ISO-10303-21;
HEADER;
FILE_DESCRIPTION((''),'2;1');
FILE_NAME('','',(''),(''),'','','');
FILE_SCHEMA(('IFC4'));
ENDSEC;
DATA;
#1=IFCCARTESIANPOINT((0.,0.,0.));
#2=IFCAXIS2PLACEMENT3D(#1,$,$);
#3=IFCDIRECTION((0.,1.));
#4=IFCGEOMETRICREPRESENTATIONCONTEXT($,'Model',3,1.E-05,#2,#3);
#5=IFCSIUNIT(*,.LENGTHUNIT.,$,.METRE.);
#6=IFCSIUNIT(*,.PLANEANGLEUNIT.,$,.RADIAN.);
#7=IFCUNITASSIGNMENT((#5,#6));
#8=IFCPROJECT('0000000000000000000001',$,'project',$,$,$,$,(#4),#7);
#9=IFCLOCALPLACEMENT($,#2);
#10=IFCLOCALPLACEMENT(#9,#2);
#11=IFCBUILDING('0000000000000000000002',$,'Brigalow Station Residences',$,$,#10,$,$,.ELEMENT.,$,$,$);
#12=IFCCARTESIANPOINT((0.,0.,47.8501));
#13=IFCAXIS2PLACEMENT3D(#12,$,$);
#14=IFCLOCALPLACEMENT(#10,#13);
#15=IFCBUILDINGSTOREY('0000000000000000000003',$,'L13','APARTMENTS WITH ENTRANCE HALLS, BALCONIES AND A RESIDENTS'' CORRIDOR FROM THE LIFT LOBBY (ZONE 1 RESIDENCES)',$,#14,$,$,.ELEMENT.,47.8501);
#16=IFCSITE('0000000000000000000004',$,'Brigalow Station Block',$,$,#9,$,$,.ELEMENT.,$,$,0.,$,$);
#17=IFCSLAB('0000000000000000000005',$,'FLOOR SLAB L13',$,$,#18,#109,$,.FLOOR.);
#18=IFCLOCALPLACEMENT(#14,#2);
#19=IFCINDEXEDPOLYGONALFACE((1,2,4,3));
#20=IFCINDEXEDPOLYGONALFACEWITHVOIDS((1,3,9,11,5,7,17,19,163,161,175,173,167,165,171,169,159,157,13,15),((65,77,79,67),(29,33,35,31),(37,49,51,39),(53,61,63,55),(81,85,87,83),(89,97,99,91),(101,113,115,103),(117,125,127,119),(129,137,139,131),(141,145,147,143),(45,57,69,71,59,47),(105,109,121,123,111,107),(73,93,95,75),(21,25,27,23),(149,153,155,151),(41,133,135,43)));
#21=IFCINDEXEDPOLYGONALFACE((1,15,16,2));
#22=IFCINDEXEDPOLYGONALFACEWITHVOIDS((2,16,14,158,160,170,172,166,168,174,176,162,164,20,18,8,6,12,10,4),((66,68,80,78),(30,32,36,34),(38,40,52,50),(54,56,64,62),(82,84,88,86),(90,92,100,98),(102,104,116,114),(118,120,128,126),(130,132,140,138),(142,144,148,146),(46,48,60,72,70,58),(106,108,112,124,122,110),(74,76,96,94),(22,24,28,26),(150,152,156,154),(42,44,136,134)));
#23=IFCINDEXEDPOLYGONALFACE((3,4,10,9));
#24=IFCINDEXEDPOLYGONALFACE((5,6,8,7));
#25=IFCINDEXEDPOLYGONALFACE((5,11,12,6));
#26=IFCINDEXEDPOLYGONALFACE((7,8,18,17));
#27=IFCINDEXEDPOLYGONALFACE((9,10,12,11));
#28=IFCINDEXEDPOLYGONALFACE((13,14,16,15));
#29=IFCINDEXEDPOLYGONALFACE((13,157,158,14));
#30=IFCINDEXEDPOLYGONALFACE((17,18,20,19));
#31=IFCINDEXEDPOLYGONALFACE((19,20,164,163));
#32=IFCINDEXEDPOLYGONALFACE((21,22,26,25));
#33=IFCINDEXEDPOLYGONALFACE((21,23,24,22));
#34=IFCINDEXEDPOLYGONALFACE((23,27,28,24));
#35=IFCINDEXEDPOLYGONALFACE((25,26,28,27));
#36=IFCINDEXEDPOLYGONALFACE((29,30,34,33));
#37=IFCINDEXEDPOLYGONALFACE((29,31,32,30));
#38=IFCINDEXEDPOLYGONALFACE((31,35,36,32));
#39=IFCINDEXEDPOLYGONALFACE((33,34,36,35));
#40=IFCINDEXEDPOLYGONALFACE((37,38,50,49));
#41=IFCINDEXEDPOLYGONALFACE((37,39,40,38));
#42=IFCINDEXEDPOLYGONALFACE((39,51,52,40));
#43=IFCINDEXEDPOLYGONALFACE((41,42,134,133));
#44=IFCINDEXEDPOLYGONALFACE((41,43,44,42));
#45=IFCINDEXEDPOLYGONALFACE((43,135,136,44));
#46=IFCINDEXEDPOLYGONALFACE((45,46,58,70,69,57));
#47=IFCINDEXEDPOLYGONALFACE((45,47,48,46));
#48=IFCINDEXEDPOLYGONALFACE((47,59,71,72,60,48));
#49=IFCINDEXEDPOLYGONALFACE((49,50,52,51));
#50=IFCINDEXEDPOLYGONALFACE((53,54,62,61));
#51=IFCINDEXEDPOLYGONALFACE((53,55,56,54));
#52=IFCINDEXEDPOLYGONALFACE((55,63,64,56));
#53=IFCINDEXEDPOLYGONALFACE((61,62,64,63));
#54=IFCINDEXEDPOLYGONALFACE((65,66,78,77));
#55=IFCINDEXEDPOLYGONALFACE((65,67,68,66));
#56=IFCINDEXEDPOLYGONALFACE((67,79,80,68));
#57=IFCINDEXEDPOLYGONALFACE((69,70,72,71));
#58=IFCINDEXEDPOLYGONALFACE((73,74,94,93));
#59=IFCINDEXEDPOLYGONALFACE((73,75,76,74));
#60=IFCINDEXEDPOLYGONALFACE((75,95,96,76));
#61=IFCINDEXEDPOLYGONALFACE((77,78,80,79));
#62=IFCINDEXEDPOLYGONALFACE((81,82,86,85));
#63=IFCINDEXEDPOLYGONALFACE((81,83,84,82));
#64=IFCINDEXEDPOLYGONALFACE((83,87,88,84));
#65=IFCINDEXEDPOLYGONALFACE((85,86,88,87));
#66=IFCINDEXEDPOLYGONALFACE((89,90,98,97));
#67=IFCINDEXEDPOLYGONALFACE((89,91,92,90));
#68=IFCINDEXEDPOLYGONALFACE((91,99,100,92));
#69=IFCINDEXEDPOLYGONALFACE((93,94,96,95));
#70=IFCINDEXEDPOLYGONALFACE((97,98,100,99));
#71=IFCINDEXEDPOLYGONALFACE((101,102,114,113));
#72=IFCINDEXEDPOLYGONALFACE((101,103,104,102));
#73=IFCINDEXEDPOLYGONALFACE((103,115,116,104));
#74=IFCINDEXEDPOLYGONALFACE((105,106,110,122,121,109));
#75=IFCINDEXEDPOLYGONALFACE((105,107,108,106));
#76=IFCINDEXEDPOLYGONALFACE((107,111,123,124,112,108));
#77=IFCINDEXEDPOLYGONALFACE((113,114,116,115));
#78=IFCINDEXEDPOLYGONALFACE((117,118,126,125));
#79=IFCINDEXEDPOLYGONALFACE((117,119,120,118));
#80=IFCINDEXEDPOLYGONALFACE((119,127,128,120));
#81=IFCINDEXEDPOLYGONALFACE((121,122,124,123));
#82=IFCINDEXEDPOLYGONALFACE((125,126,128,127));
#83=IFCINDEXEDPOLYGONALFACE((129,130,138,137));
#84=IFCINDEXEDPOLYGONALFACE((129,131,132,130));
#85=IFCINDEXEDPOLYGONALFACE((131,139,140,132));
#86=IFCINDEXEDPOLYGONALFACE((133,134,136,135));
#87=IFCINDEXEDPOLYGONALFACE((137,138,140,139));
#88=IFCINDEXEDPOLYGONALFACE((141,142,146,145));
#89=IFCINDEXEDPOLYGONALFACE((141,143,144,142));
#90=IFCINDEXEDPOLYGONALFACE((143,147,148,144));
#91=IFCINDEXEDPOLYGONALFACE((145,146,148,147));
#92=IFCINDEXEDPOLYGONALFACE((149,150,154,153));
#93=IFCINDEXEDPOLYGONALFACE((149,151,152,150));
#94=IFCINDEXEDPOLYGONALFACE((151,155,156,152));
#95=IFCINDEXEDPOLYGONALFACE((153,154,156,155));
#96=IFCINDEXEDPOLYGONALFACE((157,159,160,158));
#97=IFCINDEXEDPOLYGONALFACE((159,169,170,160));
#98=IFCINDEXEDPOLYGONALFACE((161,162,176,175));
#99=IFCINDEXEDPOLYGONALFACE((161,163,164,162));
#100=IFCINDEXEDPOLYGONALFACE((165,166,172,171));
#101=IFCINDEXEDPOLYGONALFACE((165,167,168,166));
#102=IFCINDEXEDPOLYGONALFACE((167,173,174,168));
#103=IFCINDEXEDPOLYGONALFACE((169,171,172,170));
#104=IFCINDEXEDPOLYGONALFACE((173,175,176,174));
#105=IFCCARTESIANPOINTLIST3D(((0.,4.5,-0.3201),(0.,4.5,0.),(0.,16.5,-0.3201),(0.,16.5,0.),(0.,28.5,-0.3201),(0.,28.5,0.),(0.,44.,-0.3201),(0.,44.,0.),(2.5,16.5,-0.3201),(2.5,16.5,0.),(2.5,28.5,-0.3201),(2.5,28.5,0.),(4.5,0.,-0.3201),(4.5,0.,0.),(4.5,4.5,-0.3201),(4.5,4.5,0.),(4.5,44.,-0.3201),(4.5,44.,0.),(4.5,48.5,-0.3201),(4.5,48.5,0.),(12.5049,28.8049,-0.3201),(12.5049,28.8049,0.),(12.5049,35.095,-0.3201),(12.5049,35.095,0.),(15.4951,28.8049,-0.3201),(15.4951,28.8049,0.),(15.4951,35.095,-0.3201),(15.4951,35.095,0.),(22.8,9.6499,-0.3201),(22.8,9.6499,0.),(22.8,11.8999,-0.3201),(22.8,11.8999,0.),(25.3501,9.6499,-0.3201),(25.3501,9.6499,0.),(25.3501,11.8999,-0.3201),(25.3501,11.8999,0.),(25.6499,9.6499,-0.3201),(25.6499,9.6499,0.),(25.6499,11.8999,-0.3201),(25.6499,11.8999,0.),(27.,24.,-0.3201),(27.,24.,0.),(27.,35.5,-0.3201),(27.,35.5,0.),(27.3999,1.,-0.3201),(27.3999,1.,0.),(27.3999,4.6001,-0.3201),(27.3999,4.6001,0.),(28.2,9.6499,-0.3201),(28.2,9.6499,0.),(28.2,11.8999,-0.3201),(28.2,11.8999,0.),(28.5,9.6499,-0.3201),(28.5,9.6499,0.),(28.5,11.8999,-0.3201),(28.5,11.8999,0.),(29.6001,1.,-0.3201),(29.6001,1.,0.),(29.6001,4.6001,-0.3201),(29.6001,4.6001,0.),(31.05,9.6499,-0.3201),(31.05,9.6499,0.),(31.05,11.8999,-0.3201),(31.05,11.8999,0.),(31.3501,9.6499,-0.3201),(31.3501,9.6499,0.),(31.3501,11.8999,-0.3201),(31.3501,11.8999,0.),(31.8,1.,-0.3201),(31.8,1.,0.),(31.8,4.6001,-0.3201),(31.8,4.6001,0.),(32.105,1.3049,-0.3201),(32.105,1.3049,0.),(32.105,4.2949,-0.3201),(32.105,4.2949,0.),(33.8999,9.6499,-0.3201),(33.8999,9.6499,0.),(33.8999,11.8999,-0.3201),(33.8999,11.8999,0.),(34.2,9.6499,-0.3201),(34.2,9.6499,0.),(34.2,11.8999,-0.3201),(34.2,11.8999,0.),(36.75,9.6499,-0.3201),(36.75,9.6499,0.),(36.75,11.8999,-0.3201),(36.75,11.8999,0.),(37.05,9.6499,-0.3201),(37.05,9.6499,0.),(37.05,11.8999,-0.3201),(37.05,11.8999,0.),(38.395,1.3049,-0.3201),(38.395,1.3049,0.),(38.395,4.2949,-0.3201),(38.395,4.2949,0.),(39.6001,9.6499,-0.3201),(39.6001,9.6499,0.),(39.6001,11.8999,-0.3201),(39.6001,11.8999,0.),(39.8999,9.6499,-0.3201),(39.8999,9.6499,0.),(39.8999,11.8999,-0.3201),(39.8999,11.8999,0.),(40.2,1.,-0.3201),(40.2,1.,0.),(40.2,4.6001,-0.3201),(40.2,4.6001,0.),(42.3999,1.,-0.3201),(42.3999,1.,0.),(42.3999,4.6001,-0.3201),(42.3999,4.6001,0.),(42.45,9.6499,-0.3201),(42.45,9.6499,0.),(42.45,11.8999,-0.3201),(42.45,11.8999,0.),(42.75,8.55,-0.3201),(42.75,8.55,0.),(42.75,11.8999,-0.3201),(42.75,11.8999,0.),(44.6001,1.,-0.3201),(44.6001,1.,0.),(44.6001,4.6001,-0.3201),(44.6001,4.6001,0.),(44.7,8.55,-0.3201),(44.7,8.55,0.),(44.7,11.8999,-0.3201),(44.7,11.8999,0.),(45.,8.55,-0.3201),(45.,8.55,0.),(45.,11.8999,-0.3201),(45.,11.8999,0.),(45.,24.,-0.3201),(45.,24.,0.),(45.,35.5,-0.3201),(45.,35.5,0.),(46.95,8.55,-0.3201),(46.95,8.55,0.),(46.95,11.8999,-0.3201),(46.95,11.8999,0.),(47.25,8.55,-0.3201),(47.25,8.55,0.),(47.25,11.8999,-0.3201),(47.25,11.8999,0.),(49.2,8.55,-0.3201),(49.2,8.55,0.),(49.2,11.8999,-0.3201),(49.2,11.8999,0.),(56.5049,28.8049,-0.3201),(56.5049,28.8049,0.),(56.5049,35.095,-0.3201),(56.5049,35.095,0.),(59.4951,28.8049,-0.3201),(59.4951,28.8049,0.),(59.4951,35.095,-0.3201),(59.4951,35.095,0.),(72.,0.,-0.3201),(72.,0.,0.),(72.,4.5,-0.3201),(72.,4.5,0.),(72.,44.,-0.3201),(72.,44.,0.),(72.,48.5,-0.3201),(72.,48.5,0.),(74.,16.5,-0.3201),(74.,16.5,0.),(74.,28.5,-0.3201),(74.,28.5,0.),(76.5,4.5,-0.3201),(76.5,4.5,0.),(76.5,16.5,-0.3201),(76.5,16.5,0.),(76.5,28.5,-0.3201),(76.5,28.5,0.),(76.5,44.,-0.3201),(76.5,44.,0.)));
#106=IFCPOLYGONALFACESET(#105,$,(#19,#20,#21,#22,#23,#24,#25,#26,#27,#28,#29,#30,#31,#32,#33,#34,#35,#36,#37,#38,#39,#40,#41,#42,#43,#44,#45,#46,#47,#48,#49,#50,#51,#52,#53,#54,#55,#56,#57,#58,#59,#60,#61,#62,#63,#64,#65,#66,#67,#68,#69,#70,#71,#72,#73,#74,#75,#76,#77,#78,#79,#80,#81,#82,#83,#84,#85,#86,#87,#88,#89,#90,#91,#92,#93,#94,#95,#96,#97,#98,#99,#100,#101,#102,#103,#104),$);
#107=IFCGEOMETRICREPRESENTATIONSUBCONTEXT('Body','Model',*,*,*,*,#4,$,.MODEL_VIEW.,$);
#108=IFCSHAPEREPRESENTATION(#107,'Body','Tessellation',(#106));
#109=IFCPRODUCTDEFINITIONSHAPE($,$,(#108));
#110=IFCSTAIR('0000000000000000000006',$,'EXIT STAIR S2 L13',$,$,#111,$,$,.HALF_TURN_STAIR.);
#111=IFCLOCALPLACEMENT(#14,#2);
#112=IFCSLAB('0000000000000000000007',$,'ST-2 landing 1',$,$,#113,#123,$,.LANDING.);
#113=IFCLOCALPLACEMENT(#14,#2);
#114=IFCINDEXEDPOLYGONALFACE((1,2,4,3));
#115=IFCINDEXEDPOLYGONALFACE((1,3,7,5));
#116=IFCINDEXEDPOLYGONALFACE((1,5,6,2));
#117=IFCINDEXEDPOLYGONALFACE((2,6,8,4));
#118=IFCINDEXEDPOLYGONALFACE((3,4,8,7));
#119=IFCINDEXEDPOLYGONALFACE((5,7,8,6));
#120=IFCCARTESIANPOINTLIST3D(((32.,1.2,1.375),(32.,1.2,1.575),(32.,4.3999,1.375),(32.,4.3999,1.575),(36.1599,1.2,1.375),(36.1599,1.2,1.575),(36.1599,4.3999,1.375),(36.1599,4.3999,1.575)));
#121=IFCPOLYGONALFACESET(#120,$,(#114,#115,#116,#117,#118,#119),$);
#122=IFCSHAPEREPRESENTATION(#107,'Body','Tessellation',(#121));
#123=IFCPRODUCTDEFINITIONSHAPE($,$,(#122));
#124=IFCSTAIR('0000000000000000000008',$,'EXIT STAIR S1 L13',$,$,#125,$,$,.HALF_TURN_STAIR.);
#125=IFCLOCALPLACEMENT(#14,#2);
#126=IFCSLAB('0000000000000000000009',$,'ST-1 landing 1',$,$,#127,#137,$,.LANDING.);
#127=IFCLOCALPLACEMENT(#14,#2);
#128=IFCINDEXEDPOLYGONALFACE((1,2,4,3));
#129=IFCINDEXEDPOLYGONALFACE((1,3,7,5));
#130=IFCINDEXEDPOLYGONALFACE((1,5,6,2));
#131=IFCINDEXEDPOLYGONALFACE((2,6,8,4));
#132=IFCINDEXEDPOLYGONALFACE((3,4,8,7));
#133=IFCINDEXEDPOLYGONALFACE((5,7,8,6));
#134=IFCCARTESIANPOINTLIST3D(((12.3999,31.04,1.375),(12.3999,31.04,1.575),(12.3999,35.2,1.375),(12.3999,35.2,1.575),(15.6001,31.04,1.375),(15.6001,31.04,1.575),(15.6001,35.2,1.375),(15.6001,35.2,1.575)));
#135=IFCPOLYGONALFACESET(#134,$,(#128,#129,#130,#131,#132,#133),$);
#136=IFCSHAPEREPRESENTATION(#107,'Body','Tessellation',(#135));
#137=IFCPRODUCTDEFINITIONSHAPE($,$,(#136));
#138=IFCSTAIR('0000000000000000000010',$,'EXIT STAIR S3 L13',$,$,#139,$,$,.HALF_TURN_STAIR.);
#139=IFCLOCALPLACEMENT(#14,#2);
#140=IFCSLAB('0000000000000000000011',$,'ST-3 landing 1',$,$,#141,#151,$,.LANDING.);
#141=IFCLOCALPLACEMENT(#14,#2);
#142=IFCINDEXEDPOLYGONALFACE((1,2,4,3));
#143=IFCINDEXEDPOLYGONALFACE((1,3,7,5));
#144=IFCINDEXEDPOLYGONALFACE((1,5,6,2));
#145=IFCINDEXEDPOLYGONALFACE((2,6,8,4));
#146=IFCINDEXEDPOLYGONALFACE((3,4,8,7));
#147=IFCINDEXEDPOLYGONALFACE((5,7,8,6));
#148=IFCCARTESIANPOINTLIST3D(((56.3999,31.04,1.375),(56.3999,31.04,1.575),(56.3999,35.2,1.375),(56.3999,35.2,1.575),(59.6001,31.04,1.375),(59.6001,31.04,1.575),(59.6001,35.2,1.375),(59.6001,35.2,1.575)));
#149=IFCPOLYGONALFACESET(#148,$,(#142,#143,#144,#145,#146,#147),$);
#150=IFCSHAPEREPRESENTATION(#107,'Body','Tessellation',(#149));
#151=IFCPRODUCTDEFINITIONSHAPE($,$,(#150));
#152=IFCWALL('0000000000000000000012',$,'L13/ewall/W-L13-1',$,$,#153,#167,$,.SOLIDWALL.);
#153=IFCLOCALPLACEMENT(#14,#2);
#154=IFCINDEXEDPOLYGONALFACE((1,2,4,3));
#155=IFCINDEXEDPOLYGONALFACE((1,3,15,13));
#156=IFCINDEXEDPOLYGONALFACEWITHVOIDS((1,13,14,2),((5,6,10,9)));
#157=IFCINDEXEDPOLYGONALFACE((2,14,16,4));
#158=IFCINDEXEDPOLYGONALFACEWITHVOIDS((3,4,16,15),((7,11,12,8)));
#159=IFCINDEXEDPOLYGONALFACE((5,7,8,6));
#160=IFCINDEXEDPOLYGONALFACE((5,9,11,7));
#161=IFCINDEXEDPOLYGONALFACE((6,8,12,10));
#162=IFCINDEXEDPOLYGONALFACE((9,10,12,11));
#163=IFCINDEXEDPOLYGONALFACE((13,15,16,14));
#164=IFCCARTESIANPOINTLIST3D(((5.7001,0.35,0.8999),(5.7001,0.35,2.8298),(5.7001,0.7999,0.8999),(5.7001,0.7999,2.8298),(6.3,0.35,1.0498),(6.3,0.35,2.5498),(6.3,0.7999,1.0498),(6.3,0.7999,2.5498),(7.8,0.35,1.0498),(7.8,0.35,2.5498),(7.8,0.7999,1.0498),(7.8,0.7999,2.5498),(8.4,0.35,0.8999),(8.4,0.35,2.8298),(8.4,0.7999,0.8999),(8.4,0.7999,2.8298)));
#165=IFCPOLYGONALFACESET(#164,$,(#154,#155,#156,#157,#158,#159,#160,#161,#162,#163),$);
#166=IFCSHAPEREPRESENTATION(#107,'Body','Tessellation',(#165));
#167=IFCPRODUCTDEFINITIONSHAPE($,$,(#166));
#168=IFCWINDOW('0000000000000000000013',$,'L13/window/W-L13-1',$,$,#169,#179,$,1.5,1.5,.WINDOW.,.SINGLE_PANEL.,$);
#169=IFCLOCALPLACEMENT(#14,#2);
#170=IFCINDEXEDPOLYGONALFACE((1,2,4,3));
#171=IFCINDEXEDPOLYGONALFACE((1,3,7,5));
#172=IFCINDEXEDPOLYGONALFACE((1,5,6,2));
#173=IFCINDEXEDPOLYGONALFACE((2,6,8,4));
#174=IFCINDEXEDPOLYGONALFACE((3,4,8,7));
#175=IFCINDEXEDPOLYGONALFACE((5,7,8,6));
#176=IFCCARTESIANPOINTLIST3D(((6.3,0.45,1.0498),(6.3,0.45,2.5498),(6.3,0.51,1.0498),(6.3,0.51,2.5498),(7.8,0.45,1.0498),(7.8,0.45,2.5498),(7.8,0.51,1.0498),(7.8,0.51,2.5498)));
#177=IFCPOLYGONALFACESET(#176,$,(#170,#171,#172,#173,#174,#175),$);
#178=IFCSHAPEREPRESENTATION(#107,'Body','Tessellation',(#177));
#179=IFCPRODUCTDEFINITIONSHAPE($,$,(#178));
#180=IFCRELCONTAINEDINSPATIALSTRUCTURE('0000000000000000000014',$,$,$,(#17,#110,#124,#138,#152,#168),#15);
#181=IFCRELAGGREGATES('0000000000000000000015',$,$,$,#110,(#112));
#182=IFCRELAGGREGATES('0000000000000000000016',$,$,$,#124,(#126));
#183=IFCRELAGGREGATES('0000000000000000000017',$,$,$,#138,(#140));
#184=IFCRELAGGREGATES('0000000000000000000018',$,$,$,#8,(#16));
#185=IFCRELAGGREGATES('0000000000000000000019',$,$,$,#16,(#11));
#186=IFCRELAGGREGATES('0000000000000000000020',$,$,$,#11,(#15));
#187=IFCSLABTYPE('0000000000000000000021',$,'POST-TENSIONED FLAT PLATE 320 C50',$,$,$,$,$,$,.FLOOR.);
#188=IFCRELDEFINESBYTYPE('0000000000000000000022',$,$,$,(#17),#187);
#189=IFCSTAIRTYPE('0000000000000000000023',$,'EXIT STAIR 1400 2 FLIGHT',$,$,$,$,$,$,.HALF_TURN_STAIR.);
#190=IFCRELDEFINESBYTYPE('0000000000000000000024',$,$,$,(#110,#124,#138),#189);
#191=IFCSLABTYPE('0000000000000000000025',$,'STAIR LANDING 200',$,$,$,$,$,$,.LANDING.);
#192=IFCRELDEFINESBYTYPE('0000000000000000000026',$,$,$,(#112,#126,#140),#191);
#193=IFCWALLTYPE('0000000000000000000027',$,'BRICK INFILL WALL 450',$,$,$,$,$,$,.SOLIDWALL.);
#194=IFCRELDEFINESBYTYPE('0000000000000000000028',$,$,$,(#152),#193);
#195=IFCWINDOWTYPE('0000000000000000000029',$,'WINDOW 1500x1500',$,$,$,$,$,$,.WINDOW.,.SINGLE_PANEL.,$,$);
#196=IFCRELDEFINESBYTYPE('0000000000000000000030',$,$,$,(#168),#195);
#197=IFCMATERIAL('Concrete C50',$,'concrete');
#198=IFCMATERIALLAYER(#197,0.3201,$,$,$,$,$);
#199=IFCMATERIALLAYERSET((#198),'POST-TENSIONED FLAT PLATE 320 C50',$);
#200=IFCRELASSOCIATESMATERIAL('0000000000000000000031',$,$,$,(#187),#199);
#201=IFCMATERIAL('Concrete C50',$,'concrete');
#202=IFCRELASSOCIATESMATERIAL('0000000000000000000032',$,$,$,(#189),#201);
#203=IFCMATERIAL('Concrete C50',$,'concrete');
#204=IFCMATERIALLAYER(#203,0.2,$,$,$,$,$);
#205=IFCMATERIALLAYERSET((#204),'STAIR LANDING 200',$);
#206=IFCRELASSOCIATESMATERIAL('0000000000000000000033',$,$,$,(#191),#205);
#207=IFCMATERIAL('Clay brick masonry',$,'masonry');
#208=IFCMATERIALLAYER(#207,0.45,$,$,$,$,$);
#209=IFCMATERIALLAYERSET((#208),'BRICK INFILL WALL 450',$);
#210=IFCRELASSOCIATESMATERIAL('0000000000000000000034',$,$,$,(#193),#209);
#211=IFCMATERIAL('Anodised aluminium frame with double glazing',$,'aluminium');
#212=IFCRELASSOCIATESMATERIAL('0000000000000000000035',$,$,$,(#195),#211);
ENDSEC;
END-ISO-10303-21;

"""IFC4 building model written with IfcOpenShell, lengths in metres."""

from ifc_helpers import new_model, si_unit, direction, frame, frame_2d, origin, place, context, subcontext, project, spatial, polyline, rectangle, outline, extrude, material, layer, layer_set, type_object, element, fill, aggregate, save


model = new_model("IFC4")

# Units and contexts
model_context = context("Model", 3, precision=1e-05, world=origin(), true_north=direction((0.0, 1.0)))
body_context = subcontext(model_context, "Body", "Model", "MODEL_VIEW")
ifc_project = project(units=[si_unit("LENGTHUNIT", "METRE"), si_unit("PLANEANGLEUNIT", "RADIAN")], contexts=[model_context])

# Site, building, storey
site_placement = place(None, origin())
site = spatial("IfcSite", under=ifc_project, at=site_placement, Name="Brigalow Station Block", CompositionType="ELEMENT", RefElevation=0.0)
building_placement = place(site_placement, origin())
building = spatial("IfcBuilding", under=site, at=building_placement, Name="Brigalow Station Residences", CompositionType="ELEMENT")
storey_placement = place(building_placement, frame((0.0, 0.0, 47.8501)))
storey = spatial("IfcBuildingStorey", under=building, at=storey_placement, Name="L13", Description="APARTMENTS WITH ENTRANCE HALLS, BALCONIES AND A RESIDENTS' CORRIDOR FROM THE LIFT LOBBY (ZONE 1 RESIDENCES)", CompositionType="ELEMENT", Elevation=47.8501)

# Slab
ifc_material_1 = material(Name="Concrete C50", Category="concrete")
ifc_layer_1 = layer(ifc_material_1, 0.3201)
ifc_layer_set_1 = layer_set([ifc_layer_1], Name="POST-TENSIONED FLAT PLATE 320 C50")
slab_type_1 = type_object("IfcSlabType", Name="POST-TENSIONED FLAT PLATE 320 C50", PredefinedType="FLOOR", material=ifc_layer_set_1)
slab_1_placement = place(storey_placement, frame((0.0, 0.0, -0.3201)))
element("IfcSlab", 1, at=slab_1_placement, inside=storey, type_object=slab_type_1, Name="FLOOR SLAB L13", PredefinedType="FLOOR", context=body_context, shape_type="SweptSolid", body=[
    extrude(outline(polyline([(4.5, 0.0), (72.0, 0.0), (72.0, 4.5), (76.5, 4.5), (76.5, 16.5), (74.0, 16.5), (74.0, 28.5), (76.5, 28.5), (76.5, 44.0), (72.0, 44.0), (72.0, 48.5), (4.5, 48.5), (4.5, 44.0), (0.0, 44.0), (0.0, 28.5), (2.5, 28.5), (2.5, 16.5), (0.0, 16.5), (0.0, 4.5), (4.5, 4.5), (4.5, 0.0)]), holes=[polyline([(15.4951, 35.095), (15.4951, 28.8049), (12.5049, 28.8049), (12.5049, 35.095), (15.4951, 35.095)]), polyline([(22.8, 11.8999), (25.3501, 11.8999), (25.3501, 9.6499), (22.8, 9.6499), (22.8, 11.8999)]), polyline([(25.6499, 11.8999), (28.2, 11.8999), (28.2, 9.6499), (25.6499, 9.6499), (25.6499, 11.8999)]), polyline([(28.5, 11.8999), (31.05, 11.8999), (31.05, 9.6499), (28.5, 9.6499), (28.5, 11.8999)]), polyline([(29.6001, 1.0), (27.3999, 1.0), (27.3999, 4.6001), (29.6001, 4.6001), (31.8, 4.6001), (31.8, 1.0), (29.6001, 1.0)]), polyline([(31.3501, 11.8999), (33.8999, 11.8999), (33.8999, 9.6499), (31.3501, 9.6499), (31.3501, 11.8999)]), polyline([(32.105, 4.2949), (38.395, 4.2949), (38.395, 1.3049), (32.105, 1.3049), (32.105, 4.2949)]), polyline([(36.75, 11.8999), (36.75, 9.6499), (34.2, 9.6499), (34.2, 11.8999), (36.75, 11.8999)]), polyline([(37.05, 11.8999), (39.6001, 11.8999), (39.6001, 9.6499), (37.05, 9.6499), (37.05, 11.8999)]), polyline([(39.8999, 11.8999), (42.45, 11.8999), (42.45, 9.6499), (39.8999, 9.6499), (39.8999, 11.8999)]), polyline([(42.3999, 1.0), (40.2, 1.0), (40.2, 4.6001), (42.3999, 4.6001), (44.6001, 4.6001), (44.6001, 1.0), (42.3999, 1.0)]), polyline([(42.75, 11.8999), (44.7, 11.8999), (44.7, 8.55), (42.75, 8.55), (42.75, 11.8999)]), polyline([(45.0, 11.8999), (46.95, 11.8999), (46.95, 8.55), (45.0, 8.55), (45.0, 11.8999)]), polyline([(45.0, 35.5), (45.0, 24.0), (27.0, 24.0), (27.0, 35.5), (45.0, 35.5)]), polyline([(47.25, 11.8999), (49.2, 11.8999), (49.2, 8.55), (47.25, 8.55), (47.25, 11.8999)]), polyline([(59.4951, 35.095), (59.4951, 28.8049), (56.5049, 28.8049), (56.5049, 35.095), (59.4951, 35.095)])]), origin(), (0.0, 0.0, 1.0), 0.3201),
])

# Stairs, slabs
ifc_material_2 = material(Name="Concrete C50", Category="concrete")
stair_type = type_object("IfcStairType", Name="EXIT STAIR 1400 2 FLIGHT", PredefinedType="HALF_TURN_STAIR", material=ifc_material_2)
stair_1_placement = place(storey_placement, origin())
stair_1 = element("IfcStair", 2, at=stair_1_placement, inside=storey, type_object=stair_type, Name="EXIT STAIR S2 L13", PredefinedType="HALF_TURN_STAIR")
ifc_material_3 = material(Name="Concrete C50", Category="concrete")
ifc_layer_2 = layer(ifc_material_3, 0.2)
ifc_layer_set_2 = layer_set([ifc_layer_2], Name="STAIR LANDING 200")
slab_type_2 = type_object("IfcSlabType", Name="STAIR LANDING 200", PredefinedType="LANDING", material=ifc_layer_set_2)
slab_2_placement = place(storey_placement, frame((0.0, 0.0, 1.375)))
slab_2 = element("IfcSlab", 3, at=slab_2_placement, type_object=slab_type_2, Name="ST-2 landing 1", PredefinedType="LANDING", context=body_context, shape_type="SweptSolid", body=[
    extrude(outline(polyline([(32.0, 1.2), (36.1599, 1.2), (36.1599, 4.3999), (32.0, 4.3999), (32.0, 1.2)])), origin(), (0.0, 0.0, 1.0), 0.2),
])
aggregate(stair_1, [slab_2])
stair_2_placement = place(storey_placement, origin())
stair_2 = element("IfcStair", 4, at=stair_2_placement, inside=storey, type_object=stair_type, Name="EXIT STAIR S1 L13", PredefinedType="HALF_TURN_STAIR")
slab_3_placement = place(storey_placement, frame((0.0, 0.0, 1.375)))
slab_3 = element("IfcSlab", 5, at=slab_3_placement, type_object=slab_type_2, Name="ST-1 landing 1", PredefinedType="LANDING", context=body_context, shape_type="SweptSolid", body=[
    extrude(outline(polyline([(12.3999, 31.04), (15.6001, 31.04), (15.6001, 35.2), (12.3999, 35.2), (12.3999, 31.04)])), origin(), (0.0, 0.0, 1.0), 0.2),
])
aggregate(stair_2, [slab_3])
stair_3_placement = place(storey_placement, origin())
stair_3 = element("IfcStair", 6, at=stair_3_placement, inside=storey, type_object=stair_type, Name="EXIT STAIR S3 L13", PredefinedType="HALF_TURN_STAIR")
slab_4_placement = place(storey_placement, frame((0.0, 0.0, 1.375)))
slab_4 = element("IfcSlab", 7, at=slab_4_placement, type_object=slab_type_2, Name="ST-3 landing 1", PredefinedType="LANDING", context=body_context, shape_type="SweptSolid", body=[
    extrude(outline(polyline([(56.3999, 31.04), (59.6001, 31.04), (59.6001, 35.2), (56.3999, 35.2), (56.3999, 31.04)])), origin(), (0.0, 0.0, 1.0), 0.2),
])
aggregate(stair_3, [slab_4])

# Wall, opening, window
ifc_material_4 = material(Name="Clay brick masonry", Category="masonry")
ifc_layer_3 = layer(ifc_material_4, 0.45)
ifc_layer_set_3 = layer_set([ifc_layer_3], Name="BRICK INFILL WALL 450")
wall_type_1 = type_object("IfcWallType", Name="BRICK INFILL WALL 450", PredefinedType="SOLIDWALL", material=ifc_layer_set_3)
wall_1_placement = place(storey_placement, frame((5.7, 0.575, 0.8999), z_axis=(0.0, 0.0, 1.0), x_axis=(1.0, 0.0, 0.0)))
wall_1 = element("IfcWall", 8, at=wall_1_placement, inside=storey, type_object=wall_type_1, Name="L13/ewall/W-L13-1", PredefinedType="SOLIDWALL", context=body_context, shape_type="SweptSolid", body=[
    extrude(rectangle(XDim=2.7, YDim=0.45, at=frame_2d((1.3501, 0.0))), origin(), (0.0, 0.0, 1.0), 1.9299),
])
opening_1_placement = place(wall_1_placement, frame((0.6001, 0.0, 0.1499)))
opening_1 = element("IfcOpeningElement", 9, at=opening_1_placement, cuts=wall_1, PredefinedType="OPENING", context=body_context, shape_type="SweptSolid", body=[
    extrude(rectangle(XDim=1.5, YDim=1.5, at=frame_2d((0.75, 0.75))), frame((0.0, 0.2349, 0.0), z_axis=(0.0, -1.0, 0.0), x_axis=(1.0, 0.0, 0.0)), (0.0, 0.0, 1.0), 0.47),
])
ifc_material_5 = material(Name="Anodised aluminium frame with double glazing", Category="aluminium")
window_type_1 = type_object("IfcWindowType", Name="WINDOW 1500x1500", PartitioningType="SINGLE_PANEL", PredefinedType="WINDOW", material=ifc_material_5)
window_1_placement = place(opening_1_placement, origin())
window_1 = element("IfcWindow", 10, at=window_1_placement, inside=storey, type_object=window_type_1, Name="L13/window/W-L13-1", OverallHeight=1.5, OverallWidth=1.5, PartitioningType="SINGLE_PANEL", PredefinedType="WINDOW", context=body_context, shape_type="SweptSolid", body=[
    extrude(rectangle(XDim=1.5, YDim=1.5, at=frame_2d((0.75, 0.75))), frame((0.0, -0.0649, 0.0), z_axis=(0.0, -1.0, 0.0), x_axis=(1.0, 0.0, 0.0)), (0.0, 0.0, 1.0), 0.0601),
])
fill(opening_1, window_1)

save(model, "model.ifc")
